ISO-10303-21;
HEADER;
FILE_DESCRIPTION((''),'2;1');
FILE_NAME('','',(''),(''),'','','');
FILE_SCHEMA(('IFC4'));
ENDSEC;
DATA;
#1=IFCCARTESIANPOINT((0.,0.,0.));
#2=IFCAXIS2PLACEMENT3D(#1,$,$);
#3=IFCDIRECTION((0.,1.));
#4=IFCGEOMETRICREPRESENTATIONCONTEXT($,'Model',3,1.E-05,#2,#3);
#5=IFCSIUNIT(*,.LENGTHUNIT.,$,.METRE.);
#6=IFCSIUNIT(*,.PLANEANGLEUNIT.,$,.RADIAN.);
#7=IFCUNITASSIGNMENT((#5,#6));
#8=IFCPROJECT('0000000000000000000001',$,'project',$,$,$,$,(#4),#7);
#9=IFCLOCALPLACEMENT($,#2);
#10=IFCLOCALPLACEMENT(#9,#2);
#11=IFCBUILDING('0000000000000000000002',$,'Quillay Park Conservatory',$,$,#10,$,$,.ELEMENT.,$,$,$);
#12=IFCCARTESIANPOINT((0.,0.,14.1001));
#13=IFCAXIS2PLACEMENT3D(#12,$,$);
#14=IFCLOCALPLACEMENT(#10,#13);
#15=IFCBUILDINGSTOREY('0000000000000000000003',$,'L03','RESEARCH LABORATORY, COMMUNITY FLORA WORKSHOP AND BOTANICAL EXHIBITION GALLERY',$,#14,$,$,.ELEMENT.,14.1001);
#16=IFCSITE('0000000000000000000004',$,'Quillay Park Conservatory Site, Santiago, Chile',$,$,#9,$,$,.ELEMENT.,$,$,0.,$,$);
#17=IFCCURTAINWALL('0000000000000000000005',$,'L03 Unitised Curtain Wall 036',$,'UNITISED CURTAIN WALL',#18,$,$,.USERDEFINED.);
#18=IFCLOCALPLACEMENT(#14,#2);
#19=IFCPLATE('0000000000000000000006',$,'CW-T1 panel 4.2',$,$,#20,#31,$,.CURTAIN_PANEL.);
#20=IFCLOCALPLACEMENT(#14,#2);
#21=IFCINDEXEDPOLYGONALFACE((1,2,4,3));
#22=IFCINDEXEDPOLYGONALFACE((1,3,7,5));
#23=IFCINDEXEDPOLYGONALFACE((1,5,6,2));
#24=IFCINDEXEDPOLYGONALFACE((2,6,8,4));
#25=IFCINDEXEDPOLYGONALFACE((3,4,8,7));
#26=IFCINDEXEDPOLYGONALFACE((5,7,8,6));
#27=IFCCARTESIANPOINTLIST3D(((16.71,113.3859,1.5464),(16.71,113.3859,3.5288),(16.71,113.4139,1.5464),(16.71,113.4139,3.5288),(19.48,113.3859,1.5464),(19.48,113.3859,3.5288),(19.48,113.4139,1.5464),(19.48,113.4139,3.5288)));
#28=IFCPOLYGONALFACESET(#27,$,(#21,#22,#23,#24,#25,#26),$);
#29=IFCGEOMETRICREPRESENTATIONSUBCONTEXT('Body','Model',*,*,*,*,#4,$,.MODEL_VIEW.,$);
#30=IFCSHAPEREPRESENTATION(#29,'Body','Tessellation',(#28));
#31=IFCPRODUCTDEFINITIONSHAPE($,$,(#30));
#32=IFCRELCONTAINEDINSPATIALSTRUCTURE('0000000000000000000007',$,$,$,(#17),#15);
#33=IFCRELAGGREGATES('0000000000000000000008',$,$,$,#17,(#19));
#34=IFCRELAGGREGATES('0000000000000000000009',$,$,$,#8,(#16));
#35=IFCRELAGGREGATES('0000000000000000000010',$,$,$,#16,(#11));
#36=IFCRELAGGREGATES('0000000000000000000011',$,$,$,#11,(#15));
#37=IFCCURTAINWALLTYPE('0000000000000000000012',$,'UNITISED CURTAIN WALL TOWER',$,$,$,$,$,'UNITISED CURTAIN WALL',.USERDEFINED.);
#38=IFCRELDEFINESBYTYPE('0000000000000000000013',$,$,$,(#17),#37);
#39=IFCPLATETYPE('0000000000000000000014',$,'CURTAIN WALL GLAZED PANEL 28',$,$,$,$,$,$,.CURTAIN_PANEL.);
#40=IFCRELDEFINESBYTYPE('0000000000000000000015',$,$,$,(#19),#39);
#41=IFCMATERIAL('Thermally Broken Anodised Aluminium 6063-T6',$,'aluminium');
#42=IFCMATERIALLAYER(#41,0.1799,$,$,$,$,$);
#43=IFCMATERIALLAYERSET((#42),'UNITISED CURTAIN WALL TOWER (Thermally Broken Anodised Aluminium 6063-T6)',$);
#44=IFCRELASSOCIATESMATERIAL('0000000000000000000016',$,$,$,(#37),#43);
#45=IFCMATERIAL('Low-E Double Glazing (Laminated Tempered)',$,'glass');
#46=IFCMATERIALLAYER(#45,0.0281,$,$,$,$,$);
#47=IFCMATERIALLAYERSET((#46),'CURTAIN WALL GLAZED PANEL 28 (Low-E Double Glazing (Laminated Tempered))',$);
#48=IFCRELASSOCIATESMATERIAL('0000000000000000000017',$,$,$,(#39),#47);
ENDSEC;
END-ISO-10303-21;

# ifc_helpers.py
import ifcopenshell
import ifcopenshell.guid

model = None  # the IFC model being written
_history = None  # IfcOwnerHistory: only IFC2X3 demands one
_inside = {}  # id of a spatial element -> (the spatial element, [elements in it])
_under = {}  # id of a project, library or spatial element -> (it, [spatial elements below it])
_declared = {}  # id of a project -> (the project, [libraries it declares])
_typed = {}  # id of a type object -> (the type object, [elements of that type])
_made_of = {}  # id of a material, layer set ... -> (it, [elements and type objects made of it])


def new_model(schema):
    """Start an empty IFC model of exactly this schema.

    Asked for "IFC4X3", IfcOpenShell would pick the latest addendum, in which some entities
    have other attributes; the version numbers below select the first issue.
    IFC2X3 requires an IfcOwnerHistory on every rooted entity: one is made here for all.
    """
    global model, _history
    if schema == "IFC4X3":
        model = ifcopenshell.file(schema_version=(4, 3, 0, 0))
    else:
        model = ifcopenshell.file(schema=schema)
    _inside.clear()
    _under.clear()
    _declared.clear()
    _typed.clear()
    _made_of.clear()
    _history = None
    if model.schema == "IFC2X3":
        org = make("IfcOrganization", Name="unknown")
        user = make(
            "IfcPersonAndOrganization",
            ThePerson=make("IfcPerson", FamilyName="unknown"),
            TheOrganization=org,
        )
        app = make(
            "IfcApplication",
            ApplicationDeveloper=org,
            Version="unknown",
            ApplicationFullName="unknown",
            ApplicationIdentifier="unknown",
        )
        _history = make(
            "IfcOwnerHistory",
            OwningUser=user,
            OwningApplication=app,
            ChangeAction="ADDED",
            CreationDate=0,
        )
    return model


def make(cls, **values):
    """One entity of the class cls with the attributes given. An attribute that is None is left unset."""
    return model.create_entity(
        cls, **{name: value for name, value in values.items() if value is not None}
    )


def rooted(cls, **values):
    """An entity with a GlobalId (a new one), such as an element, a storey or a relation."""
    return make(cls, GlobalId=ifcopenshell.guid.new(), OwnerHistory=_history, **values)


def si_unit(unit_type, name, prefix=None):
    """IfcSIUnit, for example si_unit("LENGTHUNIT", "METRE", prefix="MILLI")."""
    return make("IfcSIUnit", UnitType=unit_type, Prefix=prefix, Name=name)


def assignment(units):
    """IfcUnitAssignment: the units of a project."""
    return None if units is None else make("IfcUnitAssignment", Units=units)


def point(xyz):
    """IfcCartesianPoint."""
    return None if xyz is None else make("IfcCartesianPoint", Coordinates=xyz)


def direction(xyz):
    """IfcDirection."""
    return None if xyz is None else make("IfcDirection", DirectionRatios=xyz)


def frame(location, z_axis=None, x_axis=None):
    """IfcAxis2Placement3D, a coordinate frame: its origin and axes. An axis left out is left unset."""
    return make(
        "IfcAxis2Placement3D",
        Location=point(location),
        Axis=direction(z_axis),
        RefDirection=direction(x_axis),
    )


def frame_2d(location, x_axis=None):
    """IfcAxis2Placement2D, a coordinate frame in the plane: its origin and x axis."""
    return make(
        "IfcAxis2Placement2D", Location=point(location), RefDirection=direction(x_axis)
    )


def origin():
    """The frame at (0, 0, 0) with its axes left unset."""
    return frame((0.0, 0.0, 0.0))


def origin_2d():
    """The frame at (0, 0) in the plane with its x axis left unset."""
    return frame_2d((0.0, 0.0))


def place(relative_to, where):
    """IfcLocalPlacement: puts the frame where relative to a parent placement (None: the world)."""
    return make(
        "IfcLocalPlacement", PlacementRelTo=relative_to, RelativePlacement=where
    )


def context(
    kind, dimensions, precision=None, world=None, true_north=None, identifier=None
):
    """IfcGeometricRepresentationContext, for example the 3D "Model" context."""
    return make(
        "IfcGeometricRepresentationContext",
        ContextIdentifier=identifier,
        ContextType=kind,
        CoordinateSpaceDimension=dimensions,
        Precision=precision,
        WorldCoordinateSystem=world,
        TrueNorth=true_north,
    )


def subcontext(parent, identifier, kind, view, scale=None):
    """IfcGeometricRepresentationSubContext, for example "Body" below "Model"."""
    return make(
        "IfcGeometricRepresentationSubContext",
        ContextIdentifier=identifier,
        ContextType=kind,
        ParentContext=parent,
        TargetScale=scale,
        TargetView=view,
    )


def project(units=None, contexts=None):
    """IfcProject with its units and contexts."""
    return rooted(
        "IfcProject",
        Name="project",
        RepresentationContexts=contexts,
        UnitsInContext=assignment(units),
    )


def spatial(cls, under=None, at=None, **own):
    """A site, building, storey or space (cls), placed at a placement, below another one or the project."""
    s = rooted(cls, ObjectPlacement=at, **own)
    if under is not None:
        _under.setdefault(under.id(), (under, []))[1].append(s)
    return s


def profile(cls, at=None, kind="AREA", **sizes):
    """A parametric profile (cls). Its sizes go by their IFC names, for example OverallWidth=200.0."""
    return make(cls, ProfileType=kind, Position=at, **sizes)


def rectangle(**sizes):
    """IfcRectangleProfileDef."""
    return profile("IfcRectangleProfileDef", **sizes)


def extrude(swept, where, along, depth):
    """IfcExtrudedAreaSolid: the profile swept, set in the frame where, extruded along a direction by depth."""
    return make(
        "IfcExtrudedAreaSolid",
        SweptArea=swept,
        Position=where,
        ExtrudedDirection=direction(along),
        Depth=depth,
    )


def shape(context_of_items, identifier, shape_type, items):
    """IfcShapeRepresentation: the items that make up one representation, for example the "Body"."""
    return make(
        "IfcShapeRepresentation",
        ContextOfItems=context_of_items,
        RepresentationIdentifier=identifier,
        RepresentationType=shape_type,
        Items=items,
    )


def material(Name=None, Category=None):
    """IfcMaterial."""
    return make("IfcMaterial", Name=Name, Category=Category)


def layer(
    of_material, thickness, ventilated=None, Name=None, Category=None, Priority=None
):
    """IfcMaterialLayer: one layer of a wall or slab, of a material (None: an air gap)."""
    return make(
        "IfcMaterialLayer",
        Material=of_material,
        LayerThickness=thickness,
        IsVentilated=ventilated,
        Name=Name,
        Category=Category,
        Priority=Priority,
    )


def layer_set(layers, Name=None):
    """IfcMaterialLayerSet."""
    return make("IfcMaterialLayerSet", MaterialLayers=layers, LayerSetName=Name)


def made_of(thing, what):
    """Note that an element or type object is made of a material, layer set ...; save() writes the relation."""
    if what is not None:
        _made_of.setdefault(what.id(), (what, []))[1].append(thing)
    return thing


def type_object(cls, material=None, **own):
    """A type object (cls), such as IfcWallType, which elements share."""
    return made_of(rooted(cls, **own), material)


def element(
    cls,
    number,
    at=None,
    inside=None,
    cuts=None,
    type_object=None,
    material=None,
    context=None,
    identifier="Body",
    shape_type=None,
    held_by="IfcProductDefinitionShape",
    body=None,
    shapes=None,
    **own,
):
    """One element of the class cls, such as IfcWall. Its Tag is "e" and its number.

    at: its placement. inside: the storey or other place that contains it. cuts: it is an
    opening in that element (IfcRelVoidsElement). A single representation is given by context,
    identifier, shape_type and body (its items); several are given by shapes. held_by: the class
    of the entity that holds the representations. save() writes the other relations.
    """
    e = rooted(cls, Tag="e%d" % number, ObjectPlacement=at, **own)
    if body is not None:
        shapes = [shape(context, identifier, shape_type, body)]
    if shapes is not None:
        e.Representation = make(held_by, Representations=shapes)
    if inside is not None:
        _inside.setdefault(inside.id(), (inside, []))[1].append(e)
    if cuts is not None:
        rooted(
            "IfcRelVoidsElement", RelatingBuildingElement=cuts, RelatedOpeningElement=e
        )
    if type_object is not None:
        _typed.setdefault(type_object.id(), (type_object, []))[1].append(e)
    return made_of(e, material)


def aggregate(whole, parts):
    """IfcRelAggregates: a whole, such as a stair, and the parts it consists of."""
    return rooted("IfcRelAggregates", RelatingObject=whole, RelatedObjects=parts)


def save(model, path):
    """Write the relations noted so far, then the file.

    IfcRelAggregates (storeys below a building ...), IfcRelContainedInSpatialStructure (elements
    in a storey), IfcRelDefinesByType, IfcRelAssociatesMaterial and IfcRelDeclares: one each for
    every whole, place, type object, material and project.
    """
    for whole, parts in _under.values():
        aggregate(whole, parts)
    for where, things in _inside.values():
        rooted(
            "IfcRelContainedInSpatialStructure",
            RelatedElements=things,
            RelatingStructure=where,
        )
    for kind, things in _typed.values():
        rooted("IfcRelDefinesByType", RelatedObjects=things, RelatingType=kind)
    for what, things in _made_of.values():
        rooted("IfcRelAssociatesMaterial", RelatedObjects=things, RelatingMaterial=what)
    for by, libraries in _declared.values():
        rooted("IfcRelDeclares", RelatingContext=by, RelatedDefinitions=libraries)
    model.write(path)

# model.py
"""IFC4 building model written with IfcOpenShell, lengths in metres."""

from ifc_helpers import new_model, si_unit, direction, frame, origin, origin_2d, place, context, subcontext, project, spatial, rectangle, extrude, material, layer, layer_set, type_object, element, aggregate, save


model = new_model("IFC4")

# Units and contexts
model_context = context("Model", 3, precision=1e-05, world=origin(), true_north=direction((0.0, 1.0)))
body_context = subcontext(model_context, "Body", "Model", "MODEL_VIEW")
ifc_project = project(units=[si_unit("LENGTHUNIT", "METRE"), si_unit("PLANEANGLEUNIT", "RADIAN")], contexts=[model_context])

# Site, building, storey
site_placement = place(None, origin())
site = spatial("IfcSite", under=ifc_project, at=site_placement, Name="Quillay Park Conservatory Site, Santiago, Chile", CompositionType="ELEMENT", RefElevation=0.0)
building_placement = place(site_placement, origin())
building = spatial("IfcBuilding", under=site, at=building_placement, Name="Quillay Park Conservatory", CompositionType="ELEMENT")
storey_placement = place(building_placement, frame((0.0, 0.0, 14.1001)))
storey = spatial("IfcBuildingStorey", under=building, at=storey_placement, Name="L03", Description="RESEARCH LABORATORY, COMMUNITY FLORA WORKSHOP AND BOTANICAL EXHIBITION GALLERY", CompositionType="ELEMENT", Elevation=14.1001)

# Curtain wall, plate
ifc_material_1 = material(Name="Thermally Broken Anodised Aluminium 6063-T6", Category="aluminium")
ifc_layer_1 = layer(ifc_material_1, 0.1799)
ifc_layer_set_1 = layer_set([ifc_layer_1], Name="UNITISED CURTAIN WALL TOWER (Thermally Broken Anodised Aluminium 6063-T6)")
curtain_wall_type = type_object("IfcCurtainWallType", Name="UNITISED CURTAIN WALL TOWER", ElementType="UNITISED CURTAIN WALL", PredefinedType="USERDEFINED", material=ifc_layer_set_1)
curtain_wall_placement = place(storey_placement, origin())
curtain_wall = element("IfcCurtainWall", 1, at=curtain_wall_placement, inside=storey, type_object=curtain_wall_type, Name="L03 Unitised Curtain Wall 036", ObjectType="UNITISED CURTAIN WALL", PredefinedType="USERDEFINED")
ifc_material_2 = material(Name="Low-E Double Glazing (Laminated Tempered)", Category="glass")
ifc_layer_2 = layer(ifc_material_2, 0.0281)
ifc_layer_set_2 = layer_set([ifc_layer_2], Name="CURTAIN WALL GLAZED PANEL 28 (Low-E Double Glazing (Laminated Tempered))")
plate_type = type_object("IfcPlateType", Name="CURTAIN WALL GLAZED PANEL 28", PredefinedType="CURTAIN_PANEL", material=ifc_layer_set_2)
plate_1_placement = place(storey_placement, frame((18.095, 113.3999, 1.5464), z_axis=(0.0, 0.0, 1.0), x_axis=(1.0, 0.0, 0.0)))
plate_1 = element("IfcPlate", 2, at=plate_1_placement, type_object=plate_type, Name="CW-T1 panel 4.2", PredefinedType="CURTAIN_PANEL", context=body_context, shape_type="SweptSolid", body=[
    extrude(rectangle(XDim=2.77, YDim=0.0281, at=origin_2d()), origin(), (0.0, 0.0, 1.0), 1.9824),
])
aggregate(curtain_wall, [plate_1])

save(model, "model.ifc")
